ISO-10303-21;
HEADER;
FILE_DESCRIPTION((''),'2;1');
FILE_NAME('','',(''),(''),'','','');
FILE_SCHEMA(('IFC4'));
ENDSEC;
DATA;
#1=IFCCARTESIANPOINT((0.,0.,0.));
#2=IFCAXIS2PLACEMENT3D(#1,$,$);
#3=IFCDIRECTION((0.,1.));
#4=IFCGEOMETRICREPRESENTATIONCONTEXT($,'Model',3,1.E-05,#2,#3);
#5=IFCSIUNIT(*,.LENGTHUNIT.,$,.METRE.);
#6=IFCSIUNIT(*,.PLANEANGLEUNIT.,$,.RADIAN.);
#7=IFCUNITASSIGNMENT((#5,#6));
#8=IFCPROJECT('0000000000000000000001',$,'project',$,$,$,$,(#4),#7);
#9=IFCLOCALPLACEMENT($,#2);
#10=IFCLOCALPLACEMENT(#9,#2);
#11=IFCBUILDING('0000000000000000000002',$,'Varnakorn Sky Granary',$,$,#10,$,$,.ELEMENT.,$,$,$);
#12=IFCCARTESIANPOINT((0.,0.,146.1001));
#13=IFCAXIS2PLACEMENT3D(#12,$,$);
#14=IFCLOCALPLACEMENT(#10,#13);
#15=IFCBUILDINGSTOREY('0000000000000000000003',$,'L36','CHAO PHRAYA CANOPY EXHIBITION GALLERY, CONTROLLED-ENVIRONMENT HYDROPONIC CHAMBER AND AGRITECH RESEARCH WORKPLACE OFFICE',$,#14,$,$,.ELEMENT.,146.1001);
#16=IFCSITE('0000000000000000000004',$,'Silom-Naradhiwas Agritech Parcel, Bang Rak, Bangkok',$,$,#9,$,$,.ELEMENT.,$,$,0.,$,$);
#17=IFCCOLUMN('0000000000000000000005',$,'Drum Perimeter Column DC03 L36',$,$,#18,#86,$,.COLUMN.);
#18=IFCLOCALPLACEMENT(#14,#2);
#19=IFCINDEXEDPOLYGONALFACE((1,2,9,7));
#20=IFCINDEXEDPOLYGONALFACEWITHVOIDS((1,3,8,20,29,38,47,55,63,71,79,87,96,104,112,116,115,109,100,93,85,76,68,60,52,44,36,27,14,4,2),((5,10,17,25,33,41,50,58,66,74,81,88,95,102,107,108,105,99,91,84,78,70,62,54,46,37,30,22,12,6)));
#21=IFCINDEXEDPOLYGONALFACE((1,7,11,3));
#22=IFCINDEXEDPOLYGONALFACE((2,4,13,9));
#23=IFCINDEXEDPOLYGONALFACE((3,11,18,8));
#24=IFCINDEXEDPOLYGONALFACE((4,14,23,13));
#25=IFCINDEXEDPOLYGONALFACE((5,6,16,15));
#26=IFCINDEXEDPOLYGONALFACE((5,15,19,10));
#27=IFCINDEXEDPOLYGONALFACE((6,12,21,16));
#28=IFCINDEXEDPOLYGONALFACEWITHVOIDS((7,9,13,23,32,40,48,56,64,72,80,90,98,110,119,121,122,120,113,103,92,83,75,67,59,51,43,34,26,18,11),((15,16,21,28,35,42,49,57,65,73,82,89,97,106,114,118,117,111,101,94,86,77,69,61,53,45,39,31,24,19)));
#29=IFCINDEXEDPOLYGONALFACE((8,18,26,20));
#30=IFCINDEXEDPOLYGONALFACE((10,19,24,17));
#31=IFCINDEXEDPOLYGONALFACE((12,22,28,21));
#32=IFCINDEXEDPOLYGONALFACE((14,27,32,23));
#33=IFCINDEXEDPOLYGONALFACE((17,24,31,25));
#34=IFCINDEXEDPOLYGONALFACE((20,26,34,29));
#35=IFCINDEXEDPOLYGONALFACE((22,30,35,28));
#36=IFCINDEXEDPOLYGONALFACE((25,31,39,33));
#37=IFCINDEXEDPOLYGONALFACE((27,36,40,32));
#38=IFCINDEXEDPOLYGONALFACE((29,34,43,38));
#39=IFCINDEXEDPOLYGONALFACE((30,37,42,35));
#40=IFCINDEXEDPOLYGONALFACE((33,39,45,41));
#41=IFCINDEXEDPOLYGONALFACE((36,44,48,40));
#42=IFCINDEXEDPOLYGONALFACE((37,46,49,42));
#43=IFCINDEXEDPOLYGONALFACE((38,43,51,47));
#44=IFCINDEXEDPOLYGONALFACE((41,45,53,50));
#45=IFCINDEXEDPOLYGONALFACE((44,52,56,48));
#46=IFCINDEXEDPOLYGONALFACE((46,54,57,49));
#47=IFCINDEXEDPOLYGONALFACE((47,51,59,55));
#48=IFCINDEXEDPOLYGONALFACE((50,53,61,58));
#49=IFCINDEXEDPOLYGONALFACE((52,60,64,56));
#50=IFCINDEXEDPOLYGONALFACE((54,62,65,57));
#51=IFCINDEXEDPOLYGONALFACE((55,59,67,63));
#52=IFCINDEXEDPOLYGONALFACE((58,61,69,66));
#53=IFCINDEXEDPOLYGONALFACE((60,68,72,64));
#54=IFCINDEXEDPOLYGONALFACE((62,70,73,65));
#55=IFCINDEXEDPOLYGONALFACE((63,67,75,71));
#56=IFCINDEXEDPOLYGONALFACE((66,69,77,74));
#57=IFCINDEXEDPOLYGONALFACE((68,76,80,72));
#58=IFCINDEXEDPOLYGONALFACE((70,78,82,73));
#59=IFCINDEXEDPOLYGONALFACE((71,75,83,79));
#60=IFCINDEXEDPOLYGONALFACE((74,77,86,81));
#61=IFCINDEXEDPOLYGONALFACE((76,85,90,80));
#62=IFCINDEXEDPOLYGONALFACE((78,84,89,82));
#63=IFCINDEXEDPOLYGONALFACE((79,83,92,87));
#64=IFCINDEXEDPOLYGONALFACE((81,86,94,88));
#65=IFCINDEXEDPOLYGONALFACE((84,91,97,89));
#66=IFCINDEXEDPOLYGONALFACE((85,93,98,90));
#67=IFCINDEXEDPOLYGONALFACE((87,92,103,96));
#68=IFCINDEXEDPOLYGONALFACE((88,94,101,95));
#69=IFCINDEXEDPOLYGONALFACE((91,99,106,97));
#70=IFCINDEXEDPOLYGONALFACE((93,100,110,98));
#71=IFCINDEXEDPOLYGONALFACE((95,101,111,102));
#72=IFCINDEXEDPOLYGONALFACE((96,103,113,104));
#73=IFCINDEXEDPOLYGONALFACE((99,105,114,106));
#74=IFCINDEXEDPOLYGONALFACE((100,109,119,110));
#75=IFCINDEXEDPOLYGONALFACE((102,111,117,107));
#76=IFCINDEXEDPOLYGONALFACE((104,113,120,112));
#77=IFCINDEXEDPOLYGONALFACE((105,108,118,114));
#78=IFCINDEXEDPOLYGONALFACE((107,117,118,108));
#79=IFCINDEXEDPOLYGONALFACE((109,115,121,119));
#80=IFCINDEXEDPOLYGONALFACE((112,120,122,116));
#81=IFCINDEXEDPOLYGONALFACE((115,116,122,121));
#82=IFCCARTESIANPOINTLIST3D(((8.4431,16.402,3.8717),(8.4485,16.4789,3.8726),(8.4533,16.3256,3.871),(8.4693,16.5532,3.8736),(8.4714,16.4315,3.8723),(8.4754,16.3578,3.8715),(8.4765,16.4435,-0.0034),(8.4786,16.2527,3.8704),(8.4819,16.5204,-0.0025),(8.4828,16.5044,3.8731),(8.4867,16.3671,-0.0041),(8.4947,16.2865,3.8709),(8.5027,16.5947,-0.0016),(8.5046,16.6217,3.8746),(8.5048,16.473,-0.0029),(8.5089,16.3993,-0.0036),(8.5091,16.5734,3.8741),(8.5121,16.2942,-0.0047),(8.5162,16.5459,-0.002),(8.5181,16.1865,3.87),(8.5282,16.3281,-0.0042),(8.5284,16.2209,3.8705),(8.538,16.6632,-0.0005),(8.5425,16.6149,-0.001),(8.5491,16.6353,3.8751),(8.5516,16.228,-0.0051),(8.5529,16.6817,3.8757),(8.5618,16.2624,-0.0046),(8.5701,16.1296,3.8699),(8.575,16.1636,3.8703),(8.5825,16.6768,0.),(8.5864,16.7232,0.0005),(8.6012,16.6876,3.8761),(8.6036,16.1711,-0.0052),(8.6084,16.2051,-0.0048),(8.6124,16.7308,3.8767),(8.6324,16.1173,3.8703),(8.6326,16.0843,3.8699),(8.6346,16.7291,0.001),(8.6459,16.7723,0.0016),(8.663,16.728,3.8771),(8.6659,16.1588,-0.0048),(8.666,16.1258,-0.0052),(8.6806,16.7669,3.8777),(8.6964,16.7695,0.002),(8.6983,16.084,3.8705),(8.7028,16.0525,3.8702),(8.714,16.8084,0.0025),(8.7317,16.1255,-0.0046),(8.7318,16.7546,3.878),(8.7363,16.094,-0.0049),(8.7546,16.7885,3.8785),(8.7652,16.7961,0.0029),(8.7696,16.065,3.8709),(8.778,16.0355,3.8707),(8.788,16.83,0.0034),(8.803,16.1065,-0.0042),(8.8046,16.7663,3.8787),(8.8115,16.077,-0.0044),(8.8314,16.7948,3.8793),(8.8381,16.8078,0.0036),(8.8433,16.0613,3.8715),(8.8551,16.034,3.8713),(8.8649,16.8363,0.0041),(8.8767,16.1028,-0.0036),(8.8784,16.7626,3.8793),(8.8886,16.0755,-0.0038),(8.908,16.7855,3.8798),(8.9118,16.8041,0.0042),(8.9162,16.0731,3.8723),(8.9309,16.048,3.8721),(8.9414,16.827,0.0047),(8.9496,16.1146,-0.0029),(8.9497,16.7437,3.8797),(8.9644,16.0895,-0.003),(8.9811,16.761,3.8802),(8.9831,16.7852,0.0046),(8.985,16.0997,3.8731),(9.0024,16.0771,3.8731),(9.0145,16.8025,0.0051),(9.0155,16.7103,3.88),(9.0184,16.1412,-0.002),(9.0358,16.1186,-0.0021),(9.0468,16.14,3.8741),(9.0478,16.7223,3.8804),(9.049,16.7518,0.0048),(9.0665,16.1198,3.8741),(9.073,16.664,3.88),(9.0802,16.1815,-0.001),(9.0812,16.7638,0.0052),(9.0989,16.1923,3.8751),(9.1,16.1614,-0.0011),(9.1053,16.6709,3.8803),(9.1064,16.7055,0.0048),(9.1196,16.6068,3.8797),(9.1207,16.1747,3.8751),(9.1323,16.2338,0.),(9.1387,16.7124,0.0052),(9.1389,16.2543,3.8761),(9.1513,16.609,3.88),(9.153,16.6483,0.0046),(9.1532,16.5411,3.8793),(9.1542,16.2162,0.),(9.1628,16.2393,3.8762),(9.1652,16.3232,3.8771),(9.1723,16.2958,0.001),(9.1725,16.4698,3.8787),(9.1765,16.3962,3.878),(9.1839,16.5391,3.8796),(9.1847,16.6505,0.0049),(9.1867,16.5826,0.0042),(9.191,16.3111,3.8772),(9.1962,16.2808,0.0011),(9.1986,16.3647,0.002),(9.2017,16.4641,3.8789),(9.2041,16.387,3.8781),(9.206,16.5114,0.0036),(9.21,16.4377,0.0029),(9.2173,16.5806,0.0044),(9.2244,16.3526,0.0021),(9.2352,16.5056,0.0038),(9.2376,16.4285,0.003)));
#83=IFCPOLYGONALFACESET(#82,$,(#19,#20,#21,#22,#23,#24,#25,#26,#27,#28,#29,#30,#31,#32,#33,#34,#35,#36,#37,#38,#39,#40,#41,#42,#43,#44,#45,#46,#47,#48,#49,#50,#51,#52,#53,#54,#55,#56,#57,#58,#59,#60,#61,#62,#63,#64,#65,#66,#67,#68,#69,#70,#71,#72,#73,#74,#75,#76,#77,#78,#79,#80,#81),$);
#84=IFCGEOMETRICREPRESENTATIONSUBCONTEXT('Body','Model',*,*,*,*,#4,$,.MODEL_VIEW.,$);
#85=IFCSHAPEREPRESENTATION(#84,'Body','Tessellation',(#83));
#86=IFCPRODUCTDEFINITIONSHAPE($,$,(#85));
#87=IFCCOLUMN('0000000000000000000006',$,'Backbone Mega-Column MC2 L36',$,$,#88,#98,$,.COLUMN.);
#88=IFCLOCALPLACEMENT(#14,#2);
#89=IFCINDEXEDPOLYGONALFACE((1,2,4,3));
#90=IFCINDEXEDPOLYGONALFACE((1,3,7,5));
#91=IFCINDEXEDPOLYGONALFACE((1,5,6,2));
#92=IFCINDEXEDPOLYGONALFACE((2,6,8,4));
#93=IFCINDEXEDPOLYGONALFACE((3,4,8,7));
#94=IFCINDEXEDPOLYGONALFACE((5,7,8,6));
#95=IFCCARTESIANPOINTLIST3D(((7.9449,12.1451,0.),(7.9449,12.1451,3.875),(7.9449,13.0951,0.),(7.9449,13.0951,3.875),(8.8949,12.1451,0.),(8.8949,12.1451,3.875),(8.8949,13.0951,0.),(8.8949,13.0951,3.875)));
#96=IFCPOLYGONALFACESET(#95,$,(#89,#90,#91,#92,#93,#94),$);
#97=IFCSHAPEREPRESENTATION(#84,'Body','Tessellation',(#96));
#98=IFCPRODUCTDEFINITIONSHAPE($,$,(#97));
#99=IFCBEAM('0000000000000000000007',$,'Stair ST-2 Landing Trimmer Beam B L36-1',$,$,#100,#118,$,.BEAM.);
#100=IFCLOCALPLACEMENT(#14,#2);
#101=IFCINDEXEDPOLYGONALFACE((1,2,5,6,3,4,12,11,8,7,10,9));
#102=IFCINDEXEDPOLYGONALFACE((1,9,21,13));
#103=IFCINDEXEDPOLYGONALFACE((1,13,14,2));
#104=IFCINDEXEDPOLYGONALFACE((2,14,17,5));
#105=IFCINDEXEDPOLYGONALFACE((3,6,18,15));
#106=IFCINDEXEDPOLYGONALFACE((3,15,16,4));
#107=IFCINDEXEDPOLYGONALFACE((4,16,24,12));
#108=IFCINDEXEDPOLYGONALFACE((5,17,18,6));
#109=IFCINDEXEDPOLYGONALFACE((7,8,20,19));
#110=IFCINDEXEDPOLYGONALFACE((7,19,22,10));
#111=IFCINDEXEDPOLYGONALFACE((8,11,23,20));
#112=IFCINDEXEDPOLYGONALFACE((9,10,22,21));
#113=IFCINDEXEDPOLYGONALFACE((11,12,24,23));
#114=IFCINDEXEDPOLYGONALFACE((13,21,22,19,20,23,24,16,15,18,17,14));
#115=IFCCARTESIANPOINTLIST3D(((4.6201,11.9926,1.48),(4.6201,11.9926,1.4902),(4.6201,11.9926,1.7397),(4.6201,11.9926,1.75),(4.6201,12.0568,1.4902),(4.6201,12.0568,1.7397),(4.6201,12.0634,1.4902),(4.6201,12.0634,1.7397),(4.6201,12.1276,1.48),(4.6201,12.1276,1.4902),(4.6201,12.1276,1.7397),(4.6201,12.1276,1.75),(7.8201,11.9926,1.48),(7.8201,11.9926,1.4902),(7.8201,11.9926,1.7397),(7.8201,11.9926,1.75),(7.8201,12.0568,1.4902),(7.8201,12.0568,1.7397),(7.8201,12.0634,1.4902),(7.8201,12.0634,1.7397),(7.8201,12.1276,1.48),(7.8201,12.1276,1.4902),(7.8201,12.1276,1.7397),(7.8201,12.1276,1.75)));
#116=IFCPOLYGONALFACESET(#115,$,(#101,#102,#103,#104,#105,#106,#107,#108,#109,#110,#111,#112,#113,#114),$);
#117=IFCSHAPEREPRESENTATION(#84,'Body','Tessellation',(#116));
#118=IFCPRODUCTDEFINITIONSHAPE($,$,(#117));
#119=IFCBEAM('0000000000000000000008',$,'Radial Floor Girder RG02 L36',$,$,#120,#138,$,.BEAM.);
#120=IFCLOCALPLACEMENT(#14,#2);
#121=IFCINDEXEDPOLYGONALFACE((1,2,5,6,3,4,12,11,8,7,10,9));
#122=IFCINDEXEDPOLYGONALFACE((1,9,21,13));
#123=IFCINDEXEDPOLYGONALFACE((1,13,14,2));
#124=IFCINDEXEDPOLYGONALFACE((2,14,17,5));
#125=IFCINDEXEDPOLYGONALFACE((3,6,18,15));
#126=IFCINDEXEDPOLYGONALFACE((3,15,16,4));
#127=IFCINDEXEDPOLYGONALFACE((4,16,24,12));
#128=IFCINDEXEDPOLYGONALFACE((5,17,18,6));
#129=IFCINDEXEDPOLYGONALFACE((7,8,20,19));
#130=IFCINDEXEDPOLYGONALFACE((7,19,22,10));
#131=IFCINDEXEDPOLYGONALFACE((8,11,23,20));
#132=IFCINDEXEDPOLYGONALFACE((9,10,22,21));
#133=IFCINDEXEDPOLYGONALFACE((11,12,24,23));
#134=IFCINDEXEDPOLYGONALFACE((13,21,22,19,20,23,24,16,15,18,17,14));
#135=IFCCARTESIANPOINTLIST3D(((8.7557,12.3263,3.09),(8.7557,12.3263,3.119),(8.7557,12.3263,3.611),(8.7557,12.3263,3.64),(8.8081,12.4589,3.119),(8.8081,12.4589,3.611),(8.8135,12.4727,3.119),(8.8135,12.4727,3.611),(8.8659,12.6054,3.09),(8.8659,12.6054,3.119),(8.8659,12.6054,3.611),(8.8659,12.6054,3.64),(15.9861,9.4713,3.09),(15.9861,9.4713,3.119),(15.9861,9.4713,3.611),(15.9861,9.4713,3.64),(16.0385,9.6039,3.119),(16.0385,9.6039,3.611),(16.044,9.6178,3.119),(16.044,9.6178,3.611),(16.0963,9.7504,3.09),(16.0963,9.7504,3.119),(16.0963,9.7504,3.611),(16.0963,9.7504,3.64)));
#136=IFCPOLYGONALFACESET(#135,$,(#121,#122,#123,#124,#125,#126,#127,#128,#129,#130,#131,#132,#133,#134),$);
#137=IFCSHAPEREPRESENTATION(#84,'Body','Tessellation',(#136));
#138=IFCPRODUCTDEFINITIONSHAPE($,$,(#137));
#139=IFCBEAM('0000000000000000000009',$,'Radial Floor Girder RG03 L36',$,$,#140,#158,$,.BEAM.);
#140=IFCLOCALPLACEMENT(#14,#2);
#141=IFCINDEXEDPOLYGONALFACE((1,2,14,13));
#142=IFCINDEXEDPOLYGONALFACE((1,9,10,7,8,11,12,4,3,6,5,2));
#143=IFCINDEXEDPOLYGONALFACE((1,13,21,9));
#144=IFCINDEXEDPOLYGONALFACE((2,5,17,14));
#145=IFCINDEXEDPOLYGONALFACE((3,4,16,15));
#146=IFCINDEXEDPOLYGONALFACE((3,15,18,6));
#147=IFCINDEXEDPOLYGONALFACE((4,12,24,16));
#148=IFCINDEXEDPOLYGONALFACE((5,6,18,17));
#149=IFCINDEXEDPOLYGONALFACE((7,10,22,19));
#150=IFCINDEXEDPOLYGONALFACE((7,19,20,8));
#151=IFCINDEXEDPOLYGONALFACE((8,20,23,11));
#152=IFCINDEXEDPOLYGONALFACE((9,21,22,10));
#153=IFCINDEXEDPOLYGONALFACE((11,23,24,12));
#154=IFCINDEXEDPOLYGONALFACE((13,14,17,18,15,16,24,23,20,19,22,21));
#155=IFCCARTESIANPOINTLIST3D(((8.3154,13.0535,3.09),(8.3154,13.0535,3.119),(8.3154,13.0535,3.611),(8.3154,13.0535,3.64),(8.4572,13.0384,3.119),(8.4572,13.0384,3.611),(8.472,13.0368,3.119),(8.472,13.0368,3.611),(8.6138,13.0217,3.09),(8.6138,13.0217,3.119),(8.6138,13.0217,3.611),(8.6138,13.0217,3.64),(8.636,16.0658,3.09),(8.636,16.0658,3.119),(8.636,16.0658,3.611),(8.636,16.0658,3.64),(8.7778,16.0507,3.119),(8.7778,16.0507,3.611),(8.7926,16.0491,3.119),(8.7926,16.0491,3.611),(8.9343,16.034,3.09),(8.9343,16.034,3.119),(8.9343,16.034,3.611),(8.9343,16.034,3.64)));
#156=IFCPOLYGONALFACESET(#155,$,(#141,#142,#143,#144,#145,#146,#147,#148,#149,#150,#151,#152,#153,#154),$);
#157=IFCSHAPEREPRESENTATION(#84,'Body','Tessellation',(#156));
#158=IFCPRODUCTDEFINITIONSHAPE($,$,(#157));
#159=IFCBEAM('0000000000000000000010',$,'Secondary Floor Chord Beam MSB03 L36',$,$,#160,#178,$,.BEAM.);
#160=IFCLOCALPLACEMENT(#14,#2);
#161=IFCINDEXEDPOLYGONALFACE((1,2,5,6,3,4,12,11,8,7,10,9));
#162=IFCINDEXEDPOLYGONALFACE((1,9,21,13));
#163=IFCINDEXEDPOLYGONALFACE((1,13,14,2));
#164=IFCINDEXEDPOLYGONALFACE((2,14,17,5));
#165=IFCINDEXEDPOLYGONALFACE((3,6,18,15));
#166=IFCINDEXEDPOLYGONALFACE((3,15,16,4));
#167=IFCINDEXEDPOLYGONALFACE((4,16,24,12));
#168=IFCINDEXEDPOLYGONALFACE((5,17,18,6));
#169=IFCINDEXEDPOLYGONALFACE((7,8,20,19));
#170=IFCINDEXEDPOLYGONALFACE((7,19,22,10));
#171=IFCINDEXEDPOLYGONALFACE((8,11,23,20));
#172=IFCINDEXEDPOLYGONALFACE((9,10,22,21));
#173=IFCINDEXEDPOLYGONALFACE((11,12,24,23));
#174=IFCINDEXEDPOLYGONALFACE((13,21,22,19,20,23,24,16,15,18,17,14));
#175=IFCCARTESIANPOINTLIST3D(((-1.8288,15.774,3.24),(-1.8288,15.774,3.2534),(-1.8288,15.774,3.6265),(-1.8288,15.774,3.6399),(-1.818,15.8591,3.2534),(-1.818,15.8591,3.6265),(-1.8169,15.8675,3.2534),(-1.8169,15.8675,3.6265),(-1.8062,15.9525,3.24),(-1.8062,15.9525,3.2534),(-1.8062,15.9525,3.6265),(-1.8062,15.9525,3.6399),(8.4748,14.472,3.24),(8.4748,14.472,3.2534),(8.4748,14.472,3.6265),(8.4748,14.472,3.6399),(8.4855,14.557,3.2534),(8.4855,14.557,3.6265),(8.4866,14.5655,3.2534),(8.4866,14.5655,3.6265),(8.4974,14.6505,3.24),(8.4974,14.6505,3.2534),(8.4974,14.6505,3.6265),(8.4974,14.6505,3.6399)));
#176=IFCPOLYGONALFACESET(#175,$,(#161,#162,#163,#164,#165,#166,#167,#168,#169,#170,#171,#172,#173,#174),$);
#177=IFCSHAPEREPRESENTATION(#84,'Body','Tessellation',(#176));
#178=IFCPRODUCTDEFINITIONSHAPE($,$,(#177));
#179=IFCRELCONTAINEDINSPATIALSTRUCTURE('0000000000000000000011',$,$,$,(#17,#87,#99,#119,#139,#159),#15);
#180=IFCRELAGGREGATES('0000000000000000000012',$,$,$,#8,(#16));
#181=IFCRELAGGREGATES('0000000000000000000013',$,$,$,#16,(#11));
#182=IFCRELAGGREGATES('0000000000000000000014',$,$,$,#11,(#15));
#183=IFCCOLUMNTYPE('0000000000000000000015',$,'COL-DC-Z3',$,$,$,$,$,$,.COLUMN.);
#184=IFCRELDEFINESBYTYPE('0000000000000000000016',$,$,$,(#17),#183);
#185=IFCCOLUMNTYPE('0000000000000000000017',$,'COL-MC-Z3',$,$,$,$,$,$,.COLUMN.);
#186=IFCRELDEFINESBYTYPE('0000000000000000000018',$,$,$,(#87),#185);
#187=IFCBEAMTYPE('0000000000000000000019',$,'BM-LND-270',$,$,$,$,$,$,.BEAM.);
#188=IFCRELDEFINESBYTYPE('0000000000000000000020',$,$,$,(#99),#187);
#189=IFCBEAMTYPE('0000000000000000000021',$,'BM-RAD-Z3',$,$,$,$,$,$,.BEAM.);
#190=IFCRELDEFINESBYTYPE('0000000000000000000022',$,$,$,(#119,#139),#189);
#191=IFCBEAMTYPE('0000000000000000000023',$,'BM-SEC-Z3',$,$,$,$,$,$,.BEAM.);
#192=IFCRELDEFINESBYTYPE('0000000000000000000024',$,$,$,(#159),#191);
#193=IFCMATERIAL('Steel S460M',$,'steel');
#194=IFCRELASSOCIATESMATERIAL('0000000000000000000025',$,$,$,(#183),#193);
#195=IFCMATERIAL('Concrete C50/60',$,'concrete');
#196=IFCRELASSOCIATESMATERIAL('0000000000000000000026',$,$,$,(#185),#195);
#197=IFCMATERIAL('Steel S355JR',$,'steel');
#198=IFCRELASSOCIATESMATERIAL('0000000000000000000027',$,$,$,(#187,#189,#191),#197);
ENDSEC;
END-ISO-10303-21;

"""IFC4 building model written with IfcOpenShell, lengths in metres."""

from ifc_helpers import new_model, si_unit, direction, frame, origin, origin_2d, place, context, subcontext, project, spatial, rectangle, hollow_circle, i_section, extrude, material, material_profile, profile_set, type_object, element, save


model = new_model("IFC4")

# Units and contexts
model_context = context("Model", 3, precision=1e-05, world=origin(), true_north=direction((0.0, 1.0)))
body_context = subcontext(model_context, "Body", "Model", "MODEL_VIEW")
ifc_project = project(units=[si_unit("LENGTHUNIT", "METRE"), si_unit("PLANEANGLEUNIT", "RADIAN")], contexts=[model_context])

# Site, building, storey
site_placement = place(None, origin())
site = spatial("IfcSite", under=ifc_project, at=site_placement, Name="Silom-Naradhiwas Agritech Parcel, Bang Rak, Bangkok", CompositionType="ELEMENT", RefElevation=0.0)
building_placement = place(site_placement, origin())
building = spatial("IfcBuilding", under=site, at=building_placement, Name="Varnakorn Sky Granary", CompositionType="ELEMENT")
storey_placement = place(building_placement, frame((0.0, 0.0, 146.1001)))
storey = spatial("IfcBuildingStorey", under=building, at=storey_placement, Name="L36", Description="CHAO PHRAYA CANOPY EXHIBITION GALLERY, CONTROLLED-ENVIRONMENT HYDROPONIC CHAMBER AND AGRITECH RESEARCH WORKPLACE OFFICE", CompositionType="ELEMENT", Elevation=146.1001)

# Columns
ifc_material_1 = material(Name="Steel S460M", Category="steel")
ifc_material_profile_1 = material_profile(ifc_material_1, hollow_circle(Radius=0.3811, WallThickness=0.0281, at=origin_2d()), Name="CHS 762x28")
ifc_profile_set_1 = profile_set([ifc_material_profile_1], Name="Steel S460M")
column_type_1 = type_object("IfcColumnType", Name="COL-DC-Z3", PredefinedType="COLUMN", material=ifc_profile_set_1)
column_1_placement = place(storey_placement, frame((8.8574, 16.4553, 0.0), z_axis=(-0.008631, -0.01071, 0.999905), x_axis=(0.77863, -0.627484, 0.0)))
element("IfcColumn", 1, at=column_1_placement, inside=storey, type_object=column_type_1, Name="Drum Perimeter Column DC03 L36", PredefinedType="COLUMN", context=body_context, shape_type="SweptSolid", body=[
    extrude(hollow_circle(Radius=0.3811, WallThickness=0.0281, at=origin_2d()), origin(), (0.0, 0.0, 1.0), 3.8755),
])
ifc_material_2 = material(Name="Concrete C50/60", Category="concrete")
ifc_material_profile_2 = material_profile(ifc_material_2, rectangle(XDim=0.95, YDim=0.95, at=origin_2d()), Name="RC 950x950")
ifc_profile_set_2 = profile_set([ifc_material_profile_2], Name="Concrete C50/60")
column_type_2 = type_object("IfcColumnType", Name="COL-MC-Z3", PredefinedType="COLUMN", material=ifc_profile_set_2)
column_2_placement = place(storey_placement, frame((8.4199, 12.6201, 0.0), z_axis=(0.0, 0.0, 1.0), x_axis=(1.0, 0.0, 0.0)))
element("IfcColumn", 2, at=column_2_placement, inside=storey, type_object=column_type_2, Name="Backbone Mega-Column MC2 L36", PredefinedType="COLUMN", context=body_context, shape_type="SweptSolid", body=[
    extrude(rectangle(XDim=0.95, YDim=0.95, at=origin_2d()), origin(), (0.0, 0.0, 1.0), 3.875),
])

# Beams
ifc_material_3 = material(Name="Steel S355JR", Category="steel")
ifc_material_profile_3 = material_profile(ifc_material_3, i_section(OverallWidth=0.135, OverallDepth=0.27, WebThickness=0.0066, FlangeThickness=0.0103, at=origin_2d()), Name="IPE 270")
ifc_profile_set_3 = profile_set([ifc_material_profile_3], Name="Steel S355JR")
beam_type_1 = type_object("IfcBeamType", Name="BM-LND-270", PredefinedType="BEAM", material=ifc_profile_set_3)
beam_1_placement = place(storey_placement, frame((4.6201, 12.0601, 1.615), z_axis=(1.0, 0.0, 0.0), x_axis=(0.0, 1.0, 0.0)))
element("IfcBeam", 3, at=beam_1_placement, inside=storey, type_object=beam_type_1, Name="Stair ST-2 Landing Trimmer Beam B L36-1", PredefinedType="BEAM", context=body_context, shape_type="SweptSolid", body=[
    extrude(i_section(OverallWidth=0.135, OverallDepth=0.27, WebThickness=0.0066, FlangeThickness=0.0103, at=origin_2d()), origin(), (0.0, 0.0, 1.0), 3.2),
])
ifc_material_profile_4 = material_profile(ifc_material_3, i_section(OverallWidth=0.3, OverallDepth=0.55, WebThickness=0.0149, FlangeThickness=0.0291, at=origin_2d()), Name="HE 550 B")
ifc_profile_set_4 = profile_set([ifc_material_profile_4], Name="Steel S355JR")
beam_type_2 = type_object("IfcBeamType", Name="BM-RAD-Z3", PredefinedType="BEAM", material=ifc_profile_set_4)
beam_2_placement = place(storey_placement, frame((8.8108, 12.4658, 3.365), z_axis=(0.930118, -0.367261, 0.0), x_axis=(0.367261, 0.930118, 0.0)))
element("IfcBeam", 4, at=beam_2_placement, inside=storey, type_object=beam_type_2, Name="Radial Floor Girder RG02 L36", PredefinedType="BEAM", context=body_context, shape_type="SweptSolid", body=[
    extrude(i_section(OverallWidth=0.3, OverallDepth=0.55, WebThickness=0.0149, FlangeThickness=0.0291, at=origin_2d()), origin(), (0.0, 0.0, 1.0), 7.7737),
])
beam_3_placement = place(storey_placement, frame((8.4646, 13.0376, 3.365), z_axis=(0.105822, 0.994385, 0.0), x_axis=(-0.994385, 0.105822, 0.0)))
element("IfcBeam", 5, at=beam_3_placement, inside=storey, type_object=beam_type_2, Name="Radial Floor Girder RG03 L36", PredefinedType="BEAM", context=body_context, shape_type="SweptSolid", body=[
    extrude(i_section(OverallWidth=0.3, OverallDepth=0.55, WebThickness=0.0149, FlangeThickness=0.0291, at=origin_2d()), origin(), (0.0, 0.0, 1.0), 3.0293),
])
ifc_material_profile_5 = material_profile(ifc_material_3, i_section(OverallWidth=0.1799, OverallDepth=0.3999, WebThickness=0.0085, FlangeThickness=0.0134, at=origin_2d()), Name="IPE 400")
ifc_profile_set_5 = profile_set([ifc_material_profile_5], Name="Steel S355JR")
beam_type_3 = type_object("IfcBeamType", Name="BM-SEC-Z3", PredefinedType="BEAM", material=ifc_profile_set_5)
beam_4_placement = place(storey_placement, frame((8.4861, 14.5613, 3.4399), z_axis=(-0.99211, 0.125368, 0.0), x_axis=(-0.125368, -0.99211, 0.0)))
element("IfcBeam", 6, at=beam_4_placement, inside=storey, type_object=beam_type_3, Name="Secondary Floor Chord Beam MSB03 L36", PredefinedType="BEAM", context=body_context, shape_type="SweptSolid", body=[
    extrude(i_section(OverallWidth=0.1799, OverallDepth=0.3999, WebThickness=0.0085, FlangeThickness=0.0134, at=origin_2d()), origin(), (0.0, 0.0, 1.0), 10.3855),
])

save(model, "model.ifc")
